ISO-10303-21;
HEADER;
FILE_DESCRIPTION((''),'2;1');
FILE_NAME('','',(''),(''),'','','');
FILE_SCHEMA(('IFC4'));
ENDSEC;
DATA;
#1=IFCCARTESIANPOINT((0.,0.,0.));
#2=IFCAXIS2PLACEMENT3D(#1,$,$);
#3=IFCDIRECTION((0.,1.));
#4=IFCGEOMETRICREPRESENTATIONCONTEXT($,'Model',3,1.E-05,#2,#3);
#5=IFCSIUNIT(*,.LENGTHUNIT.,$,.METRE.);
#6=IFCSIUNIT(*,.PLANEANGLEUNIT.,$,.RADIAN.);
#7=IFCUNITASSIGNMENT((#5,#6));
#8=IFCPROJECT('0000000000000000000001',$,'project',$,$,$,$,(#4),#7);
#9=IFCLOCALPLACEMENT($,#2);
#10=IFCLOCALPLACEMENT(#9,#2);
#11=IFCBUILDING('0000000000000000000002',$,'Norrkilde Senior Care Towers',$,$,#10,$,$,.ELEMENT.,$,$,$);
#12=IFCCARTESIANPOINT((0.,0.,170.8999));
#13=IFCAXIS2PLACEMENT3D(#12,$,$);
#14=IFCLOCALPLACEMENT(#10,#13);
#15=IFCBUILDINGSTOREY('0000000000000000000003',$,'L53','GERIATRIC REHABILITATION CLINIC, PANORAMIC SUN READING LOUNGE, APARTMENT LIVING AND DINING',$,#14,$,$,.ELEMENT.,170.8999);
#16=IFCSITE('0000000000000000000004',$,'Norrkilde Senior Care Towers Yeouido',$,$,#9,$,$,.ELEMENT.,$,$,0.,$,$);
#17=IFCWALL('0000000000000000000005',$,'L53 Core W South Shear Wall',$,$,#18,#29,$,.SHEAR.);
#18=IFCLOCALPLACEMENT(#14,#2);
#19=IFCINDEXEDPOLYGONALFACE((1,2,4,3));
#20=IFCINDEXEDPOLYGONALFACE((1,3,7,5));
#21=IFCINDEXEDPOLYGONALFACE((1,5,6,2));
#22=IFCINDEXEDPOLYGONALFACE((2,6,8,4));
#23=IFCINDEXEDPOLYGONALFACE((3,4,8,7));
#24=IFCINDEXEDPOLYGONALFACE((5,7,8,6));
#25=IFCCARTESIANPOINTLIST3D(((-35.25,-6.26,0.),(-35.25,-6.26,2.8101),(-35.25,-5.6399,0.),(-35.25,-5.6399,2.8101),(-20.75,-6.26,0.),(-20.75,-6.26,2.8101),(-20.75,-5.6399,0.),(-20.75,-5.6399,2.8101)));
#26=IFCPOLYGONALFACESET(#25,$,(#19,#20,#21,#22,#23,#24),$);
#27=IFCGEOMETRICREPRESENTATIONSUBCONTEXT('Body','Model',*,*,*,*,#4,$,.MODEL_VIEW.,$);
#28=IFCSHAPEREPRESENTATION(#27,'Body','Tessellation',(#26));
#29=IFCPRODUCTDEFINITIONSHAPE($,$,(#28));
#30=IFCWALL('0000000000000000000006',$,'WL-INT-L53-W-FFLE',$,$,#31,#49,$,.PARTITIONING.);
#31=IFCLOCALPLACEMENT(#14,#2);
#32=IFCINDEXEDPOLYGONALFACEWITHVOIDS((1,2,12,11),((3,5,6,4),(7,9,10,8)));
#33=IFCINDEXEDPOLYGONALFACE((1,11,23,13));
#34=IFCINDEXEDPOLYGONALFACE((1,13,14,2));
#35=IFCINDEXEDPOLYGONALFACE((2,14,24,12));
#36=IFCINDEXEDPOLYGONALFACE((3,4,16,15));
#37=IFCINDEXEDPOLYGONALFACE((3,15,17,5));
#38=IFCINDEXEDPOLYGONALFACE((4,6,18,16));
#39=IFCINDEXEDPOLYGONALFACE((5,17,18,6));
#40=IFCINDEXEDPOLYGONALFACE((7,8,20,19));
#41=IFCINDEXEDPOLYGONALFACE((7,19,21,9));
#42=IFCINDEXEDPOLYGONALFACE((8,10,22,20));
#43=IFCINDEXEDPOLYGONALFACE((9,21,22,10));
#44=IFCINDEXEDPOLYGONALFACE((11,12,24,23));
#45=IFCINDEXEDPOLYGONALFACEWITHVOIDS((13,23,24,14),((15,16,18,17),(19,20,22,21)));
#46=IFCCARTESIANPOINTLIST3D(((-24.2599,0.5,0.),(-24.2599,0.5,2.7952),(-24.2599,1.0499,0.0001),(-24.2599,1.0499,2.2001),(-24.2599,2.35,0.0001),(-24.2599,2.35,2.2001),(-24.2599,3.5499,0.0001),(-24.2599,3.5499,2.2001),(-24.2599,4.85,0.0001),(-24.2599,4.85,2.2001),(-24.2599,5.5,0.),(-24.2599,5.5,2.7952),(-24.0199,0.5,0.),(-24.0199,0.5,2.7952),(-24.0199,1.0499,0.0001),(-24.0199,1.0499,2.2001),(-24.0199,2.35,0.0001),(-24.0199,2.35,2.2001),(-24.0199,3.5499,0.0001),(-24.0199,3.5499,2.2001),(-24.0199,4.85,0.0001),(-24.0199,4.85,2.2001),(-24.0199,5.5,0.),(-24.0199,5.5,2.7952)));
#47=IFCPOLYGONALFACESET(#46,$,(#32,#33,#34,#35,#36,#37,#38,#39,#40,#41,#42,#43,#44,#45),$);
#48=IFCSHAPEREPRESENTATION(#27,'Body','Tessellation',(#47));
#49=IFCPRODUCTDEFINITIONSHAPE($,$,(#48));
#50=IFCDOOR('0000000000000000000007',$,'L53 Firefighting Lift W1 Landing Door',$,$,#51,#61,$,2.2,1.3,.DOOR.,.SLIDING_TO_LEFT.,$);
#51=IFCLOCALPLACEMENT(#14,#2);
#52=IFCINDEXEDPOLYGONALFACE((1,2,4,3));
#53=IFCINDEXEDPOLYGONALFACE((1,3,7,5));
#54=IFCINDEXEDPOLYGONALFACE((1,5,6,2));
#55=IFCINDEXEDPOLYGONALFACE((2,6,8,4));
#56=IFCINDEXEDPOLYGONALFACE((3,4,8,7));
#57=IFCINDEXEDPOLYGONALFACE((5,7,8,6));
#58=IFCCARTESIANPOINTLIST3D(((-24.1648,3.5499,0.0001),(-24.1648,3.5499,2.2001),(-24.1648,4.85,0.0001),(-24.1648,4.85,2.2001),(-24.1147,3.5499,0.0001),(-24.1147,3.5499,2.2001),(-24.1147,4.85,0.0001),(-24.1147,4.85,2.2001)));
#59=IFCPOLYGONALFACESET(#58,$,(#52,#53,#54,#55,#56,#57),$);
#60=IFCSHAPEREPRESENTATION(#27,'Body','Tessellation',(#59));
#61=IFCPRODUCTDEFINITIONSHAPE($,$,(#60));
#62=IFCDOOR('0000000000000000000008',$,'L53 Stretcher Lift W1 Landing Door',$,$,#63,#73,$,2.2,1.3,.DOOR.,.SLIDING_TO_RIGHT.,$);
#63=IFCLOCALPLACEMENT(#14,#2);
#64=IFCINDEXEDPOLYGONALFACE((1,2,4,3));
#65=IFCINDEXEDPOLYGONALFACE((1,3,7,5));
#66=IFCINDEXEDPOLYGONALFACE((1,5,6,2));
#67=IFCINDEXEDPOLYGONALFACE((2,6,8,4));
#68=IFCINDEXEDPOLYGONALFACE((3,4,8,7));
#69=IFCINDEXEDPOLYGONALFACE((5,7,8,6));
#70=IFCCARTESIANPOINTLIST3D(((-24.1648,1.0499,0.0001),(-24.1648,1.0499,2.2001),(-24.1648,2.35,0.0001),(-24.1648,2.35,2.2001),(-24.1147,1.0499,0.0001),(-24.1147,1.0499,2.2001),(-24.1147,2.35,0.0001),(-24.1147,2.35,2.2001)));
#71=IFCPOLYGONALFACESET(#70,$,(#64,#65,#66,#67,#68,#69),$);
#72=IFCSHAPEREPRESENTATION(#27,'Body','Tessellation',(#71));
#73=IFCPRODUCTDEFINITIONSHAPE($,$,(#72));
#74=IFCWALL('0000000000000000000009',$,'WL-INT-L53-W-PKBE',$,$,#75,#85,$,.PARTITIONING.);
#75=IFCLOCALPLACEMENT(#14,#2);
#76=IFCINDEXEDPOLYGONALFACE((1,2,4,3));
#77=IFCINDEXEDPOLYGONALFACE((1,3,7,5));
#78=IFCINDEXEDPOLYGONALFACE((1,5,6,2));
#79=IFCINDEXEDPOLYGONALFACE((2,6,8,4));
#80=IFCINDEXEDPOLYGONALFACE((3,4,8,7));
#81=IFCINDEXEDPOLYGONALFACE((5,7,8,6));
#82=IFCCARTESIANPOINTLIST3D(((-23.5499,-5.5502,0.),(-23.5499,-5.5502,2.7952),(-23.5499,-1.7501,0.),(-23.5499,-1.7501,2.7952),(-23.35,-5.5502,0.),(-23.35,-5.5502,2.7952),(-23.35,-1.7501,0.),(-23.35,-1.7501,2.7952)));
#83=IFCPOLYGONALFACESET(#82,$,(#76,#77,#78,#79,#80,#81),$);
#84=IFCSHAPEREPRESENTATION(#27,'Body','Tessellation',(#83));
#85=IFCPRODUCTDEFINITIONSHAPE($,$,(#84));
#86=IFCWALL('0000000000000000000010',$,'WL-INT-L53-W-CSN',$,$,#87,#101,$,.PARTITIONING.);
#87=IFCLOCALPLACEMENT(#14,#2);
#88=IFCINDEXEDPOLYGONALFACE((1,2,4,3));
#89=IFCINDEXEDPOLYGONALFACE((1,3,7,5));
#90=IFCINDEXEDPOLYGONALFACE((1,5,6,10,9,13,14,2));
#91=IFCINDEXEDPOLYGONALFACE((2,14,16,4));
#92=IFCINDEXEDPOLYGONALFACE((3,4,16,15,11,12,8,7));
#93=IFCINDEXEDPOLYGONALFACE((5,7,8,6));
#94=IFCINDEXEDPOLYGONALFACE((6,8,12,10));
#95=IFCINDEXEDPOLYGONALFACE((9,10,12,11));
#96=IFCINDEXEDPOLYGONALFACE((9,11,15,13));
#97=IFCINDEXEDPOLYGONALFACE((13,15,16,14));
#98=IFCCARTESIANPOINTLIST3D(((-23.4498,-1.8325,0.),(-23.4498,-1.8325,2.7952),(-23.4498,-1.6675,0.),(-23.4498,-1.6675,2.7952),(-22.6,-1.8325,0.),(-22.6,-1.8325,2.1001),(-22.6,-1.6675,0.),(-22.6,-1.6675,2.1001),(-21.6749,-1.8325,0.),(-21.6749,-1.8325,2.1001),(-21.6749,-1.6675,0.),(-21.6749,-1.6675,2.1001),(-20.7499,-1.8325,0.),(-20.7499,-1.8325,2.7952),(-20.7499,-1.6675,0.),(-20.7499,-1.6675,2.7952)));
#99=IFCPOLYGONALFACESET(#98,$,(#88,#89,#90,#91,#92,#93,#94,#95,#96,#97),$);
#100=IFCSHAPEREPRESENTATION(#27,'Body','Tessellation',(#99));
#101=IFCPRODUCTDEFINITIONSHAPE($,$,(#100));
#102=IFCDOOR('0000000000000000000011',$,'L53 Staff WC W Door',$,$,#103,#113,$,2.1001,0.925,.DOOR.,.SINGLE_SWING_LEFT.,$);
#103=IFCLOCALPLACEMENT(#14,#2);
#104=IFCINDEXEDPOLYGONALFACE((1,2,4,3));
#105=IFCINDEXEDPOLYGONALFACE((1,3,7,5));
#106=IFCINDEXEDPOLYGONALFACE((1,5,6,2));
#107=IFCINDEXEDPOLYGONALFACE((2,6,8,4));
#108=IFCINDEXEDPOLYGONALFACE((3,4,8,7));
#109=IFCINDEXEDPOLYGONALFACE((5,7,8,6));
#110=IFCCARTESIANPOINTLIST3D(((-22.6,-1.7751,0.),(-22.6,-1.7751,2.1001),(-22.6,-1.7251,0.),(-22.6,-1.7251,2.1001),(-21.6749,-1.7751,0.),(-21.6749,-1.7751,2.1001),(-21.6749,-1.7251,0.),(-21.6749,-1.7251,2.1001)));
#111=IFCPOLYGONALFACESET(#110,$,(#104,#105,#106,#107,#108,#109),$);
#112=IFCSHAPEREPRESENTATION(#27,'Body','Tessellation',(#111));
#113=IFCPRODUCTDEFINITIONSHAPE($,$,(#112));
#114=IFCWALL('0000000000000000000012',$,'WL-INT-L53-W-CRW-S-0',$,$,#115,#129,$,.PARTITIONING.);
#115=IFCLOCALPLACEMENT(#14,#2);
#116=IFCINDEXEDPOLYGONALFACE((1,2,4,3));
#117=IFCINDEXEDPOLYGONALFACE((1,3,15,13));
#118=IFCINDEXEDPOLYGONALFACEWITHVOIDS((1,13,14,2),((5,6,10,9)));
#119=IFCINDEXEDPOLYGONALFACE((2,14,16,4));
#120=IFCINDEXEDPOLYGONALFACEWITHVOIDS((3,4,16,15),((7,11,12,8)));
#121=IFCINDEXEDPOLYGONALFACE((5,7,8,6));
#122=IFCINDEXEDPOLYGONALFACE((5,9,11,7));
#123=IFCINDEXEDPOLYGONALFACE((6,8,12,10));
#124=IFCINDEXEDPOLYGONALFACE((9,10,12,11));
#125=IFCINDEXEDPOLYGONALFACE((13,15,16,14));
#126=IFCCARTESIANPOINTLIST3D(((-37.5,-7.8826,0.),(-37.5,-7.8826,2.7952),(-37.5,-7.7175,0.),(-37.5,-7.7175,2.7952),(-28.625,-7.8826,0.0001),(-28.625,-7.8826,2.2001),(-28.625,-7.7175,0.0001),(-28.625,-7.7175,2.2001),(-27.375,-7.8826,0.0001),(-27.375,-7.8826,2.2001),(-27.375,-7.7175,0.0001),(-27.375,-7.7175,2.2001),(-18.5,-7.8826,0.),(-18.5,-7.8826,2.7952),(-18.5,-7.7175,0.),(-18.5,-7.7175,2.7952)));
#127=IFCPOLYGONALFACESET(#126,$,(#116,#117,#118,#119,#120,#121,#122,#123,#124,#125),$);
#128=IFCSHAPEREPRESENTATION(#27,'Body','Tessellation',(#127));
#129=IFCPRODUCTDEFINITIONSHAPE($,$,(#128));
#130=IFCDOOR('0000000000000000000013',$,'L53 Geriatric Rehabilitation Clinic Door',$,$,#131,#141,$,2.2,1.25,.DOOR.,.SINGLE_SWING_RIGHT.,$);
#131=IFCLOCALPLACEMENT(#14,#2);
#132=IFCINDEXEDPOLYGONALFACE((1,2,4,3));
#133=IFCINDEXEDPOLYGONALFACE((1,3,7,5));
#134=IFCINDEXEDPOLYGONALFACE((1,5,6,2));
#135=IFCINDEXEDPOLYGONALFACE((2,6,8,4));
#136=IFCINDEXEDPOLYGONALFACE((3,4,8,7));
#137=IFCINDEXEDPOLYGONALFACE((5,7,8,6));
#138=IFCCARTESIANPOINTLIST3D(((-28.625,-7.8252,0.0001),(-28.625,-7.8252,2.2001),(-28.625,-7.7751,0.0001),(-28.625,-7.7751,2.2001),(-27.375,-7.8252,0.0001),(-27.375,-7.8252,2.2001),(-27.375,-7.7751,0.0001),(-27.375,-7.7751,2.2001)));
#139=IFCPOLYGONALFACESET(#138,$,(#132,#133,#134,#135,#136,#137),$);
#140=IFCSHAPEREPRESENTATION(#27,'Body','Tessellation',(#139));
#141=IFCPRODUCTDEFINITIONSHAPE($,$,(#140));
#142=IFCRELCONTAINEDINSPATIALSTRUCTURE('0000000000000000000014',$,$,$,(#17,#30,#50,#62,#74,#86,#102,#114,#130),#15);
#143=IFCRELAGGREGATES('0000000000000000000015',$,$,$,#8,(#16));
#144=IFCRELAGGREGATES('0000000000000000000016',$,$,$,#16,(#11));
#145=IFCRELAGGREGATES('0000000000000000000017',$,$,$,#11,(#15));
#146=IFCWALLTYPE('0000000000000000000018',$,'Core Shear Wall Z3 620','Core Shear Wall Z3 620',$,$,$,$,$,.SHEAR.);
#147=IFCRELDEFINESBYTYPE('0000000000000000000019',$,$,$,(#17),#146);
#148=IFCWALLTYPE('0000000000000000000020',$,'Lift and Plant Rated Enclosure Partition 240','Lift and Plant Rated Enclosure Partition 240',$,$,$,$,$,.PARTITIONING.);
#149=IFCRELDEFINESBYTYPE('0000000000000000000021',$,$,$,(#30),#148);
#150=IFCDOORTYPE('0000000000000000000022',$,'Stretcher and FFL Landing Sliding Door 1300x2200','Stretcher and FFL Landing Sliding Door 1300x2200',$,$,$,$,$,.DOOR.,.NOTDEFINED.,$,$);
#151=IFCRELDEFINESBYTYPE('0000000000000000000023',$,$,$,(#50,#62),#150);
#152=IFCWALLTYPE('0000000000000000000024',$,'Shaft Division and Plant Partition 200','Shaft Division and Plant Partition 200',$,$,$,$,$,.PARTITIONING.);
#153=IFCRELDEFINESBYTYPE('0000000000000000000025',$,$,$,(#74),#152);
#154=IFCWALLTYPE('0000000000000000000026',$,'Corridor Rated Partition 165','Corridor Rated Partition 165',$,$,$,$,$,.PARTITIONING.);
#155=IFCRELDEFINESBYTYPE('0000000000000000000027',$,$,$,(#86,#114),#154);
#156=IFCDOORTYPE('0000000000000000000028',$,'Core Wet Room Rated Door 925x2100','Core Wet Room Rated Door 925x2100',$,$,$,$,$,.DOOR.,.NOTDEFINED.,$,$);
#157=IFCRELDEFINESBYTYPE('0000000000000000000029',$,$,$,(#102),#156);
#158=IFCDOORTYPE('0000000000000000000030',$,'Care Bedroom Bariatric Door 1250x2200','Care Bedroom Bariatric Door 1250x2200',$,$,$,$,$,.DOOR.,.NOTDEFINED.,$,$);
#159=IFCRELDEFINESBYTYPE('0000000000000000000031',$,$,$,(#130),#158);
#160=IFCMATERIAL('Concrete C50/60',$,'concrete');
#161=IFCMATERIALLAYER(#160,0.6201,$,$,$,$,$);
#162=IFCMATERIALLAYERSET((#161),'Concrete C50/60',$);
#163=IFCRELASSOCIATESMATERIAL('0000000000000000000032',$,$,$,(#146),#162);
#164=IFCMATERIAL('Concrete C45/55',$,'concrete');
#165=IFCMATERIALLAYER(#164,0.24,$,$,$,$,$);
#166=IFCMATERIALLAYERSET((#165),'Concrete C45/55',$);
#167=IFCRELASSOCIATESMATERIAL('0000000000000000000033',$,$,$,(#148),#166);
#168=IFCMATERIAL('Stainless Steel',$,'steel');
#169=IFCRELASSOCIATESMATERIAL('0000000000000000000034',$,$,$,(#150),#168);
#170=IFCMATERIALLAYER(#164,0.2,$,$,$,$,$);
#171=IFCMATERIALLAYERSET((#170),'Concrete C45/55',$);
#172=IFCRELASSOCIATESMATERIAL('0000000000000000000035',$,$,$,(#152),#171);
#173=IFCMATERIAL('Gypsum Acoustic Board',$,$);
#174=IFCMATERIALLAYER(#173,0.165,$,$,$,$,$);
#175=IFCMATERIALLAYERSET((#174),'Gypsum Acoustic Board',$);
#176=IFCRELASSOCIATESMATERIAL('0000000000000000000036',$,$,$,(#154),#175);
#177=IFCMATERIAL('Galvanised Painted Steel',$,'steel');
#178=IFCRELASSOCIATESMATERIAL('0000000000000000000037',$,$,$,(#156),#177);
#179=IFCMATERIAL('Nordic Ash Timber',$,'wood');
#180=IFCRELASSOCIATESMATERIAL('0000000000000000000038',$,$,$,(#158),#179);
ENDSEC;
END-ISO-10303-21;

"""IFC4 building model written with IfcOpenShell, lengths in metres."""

from ifc_helpers import new_model, si_unit, direction, frame, frame_2d, origin, place, context, subcontext, project, spatial, rectangle, extrude, source, transform, mapped, material, layer, layer_set, type_object, type_shapes, element, fill, save


model = new_model("IFC4")

# Units and contexts
model_context = context("Model", 3, precision=1e-05, world=origin(), true_north=direction((0.0, 1.0)))
body_context = subcontext(model_context, "Body", "Model", "MODEL_VIEW")
ifc_project = project(units=[si_unit("LENGTHUNIT", "METRE"), si_unit("PLANEANGLEUNIT", "RADIAN")], contexts=[model_context])

# Site, building, storey
site_placement = place(None, origin())
site = spatial("IfcSite", under=ifc_project, at=site_placement, Name="Norrkilde Senior Care Towers Yeouido", CompositionType="ELEMENT", RefElevation=0.0)
building_placement = place(site_placement, origin())
building = spatial("IfcBuilding", under=site, at=building_placement, Name="Norrkilde Senior Care Towers", CompositionType="ELEMENT")
storey_placement = place(building_placement, frame((0.0, 0.0, 170.8999)))
storey = spatial("IfcBuildingStorey", under=building, at=storey_placement, Name="L53", Description="GERIATRIC REHABILITATION CLINIC, PANORAMIC SUN READING LOUNGE, APARTMENT LIVING AND DINING", CompositionType="ELEMENT", Elevation=170.8999)

# Shared definitions
ifc_material_1 = material(Name="Concrete C50/60", Category="concrete")

# Wall
ifc_layer_1 = layer(ifc_material_1, 0.6201)
ifc_layer_set_1 = layer_set([ifc_layer_1], Name="Concrete C50/60")
wall_type_1 = type_object("IfcWallType", Name="Core Shear Wall Z3 620", Description="Core Shear Wall Z3 620", PredefinedType="SHEAR", material=ifc_layer_set_1)
shared_shape_1 = source(origin(), body_context, "Body", "SweptSolid", [
    extrude(rectangle(XDim=14.5, YDim=0.6201, at=frame_2d((7.25, 0.0))), origin(), (0.0, 0.0, 1.0), 2.8101),
])
type_shapes(wall_type_1, [shared_shape_1])
wall_1_placement = place(storey_placement, frame((-20.75, -5.95, 0.0), z_axis=(0.0, 0.0, 1.0), x_axis=(-1.0, 0.0, 0.0)))
element("IfcWall", 1, at=wall_1_placement, inside=storey, type_object=wall_type_1, Name="L53 Core W South Shear Wall", PredefinedType="SHEAR", context=body_context, shape_type="MappedRepresentation", body=[
    mapped(shared_shape_1, transform((0.0, 0.0, 0.0), x_axis=(1.0, 0.0, 0.0), y_axis=(0.0, 1.0, 0.0), z_axis=(0.0, 0.0, 1.0), scale=1.0)),
])

# Wall, openings, doors
ifc_material_2 = material(Name="Concrete C45/55", Category="concrete")
ifc_layer_2 = layer(ifc_material_2, 0.24)
ifc_layer_set_2 = layer_set([ifc_layer_2], Name="Concrete C45/55")
wall_type_2 = type_object("IfcWallType", Name="Lift and Plant Rated Enclosure Partition 240", Description="Lift and Plant Rated Enclosure Partition 240", PredefinedType="PARTITIONING", material=ifc_layer_set_2)
shared_shape_2 = source(origin(), body_context, "Body", "SweptSolid", [
    extrude(rectangle(XDim=5.0, YDim=0.24, at=frame_2d((2.5, 0.0))), origin(), (0.0, 0.0, 1.0), 2.7952),
])
wall_2_placement = place(storey_placement, frame((-24.1399, 0.5, 0.0), z_axis=(0.0, 0.0, 1.0), x_axis=(0.0, 1.0, 0.0)))
wall_2 = element("IfcWall", 2, at=wall_2_placement, inside=storey, type_object=wall_type_2, Name="WL-INT-L53-W-FFLE", PredefinedType="PARTITIONING", context=body_context, shape_type="MappedRepresentation", body=[
    mapped(shared_shape_2, transform((0.0, 0.0, 0.0), x_axis=(1.0, 0.0, 0.0), y_axis=(0.0, 1.0, 0.0), z_axis=(0.0, 0.0, 1.0), scale=1.0)),
])
opening_1_placement = place(wall_2_placement, frame((3.05, 0.0, 0.0)))
opening_1 = element("IfcOpeningElement", 3, at=opening_1_placement, cuts=wall_2, PredefinedType="OPENING", context=body_context, shape_type="SweptSolid", body=[
    extrude(rectangle(XDim=1.3, YDim=2.2, at=frame_2d((0.6499, 1.1001))), frame((0.0, 0.1299, 0.0), z_axis=(0.0, -1.0, 0.0), x_axis=(1.0, 0.0, 0.0)), (0.0, 0.0, 1.0), 0.26),
])
opening_2_placement = place(wall_2_placement, frame((0.55, 0.0, 0.0)))
opening_2 = element("IfcOpeningElement", 4, at=opening_2_placement, cuts=wall_2, PredefinedType="OPENING", context=body_context, shape_type="SweptSolid", body=[
    extrude(rectangle(XDim=1.3, YDim=2.2, at=frame_2d((0.6499, 1.1001))), frame((0.0, 0.1299, 0.0), z_axis=(0.0, -1.0, 0.0), x_axis=(1.0, 0.0, 0.0)), (0.0, 0.0, 1.0), 0.26),
])
ifc_material_3 = material(Name="Stainless Steel", Category="steel")
door_type_1 = type_object("IfcDoorType", Name="Stretcher and FFL Landing Sliding Door 1300x2200", Description="Stretcher and FFL Landing Sliding Door 1300x2200", OperationType="NOTDEFINED", PredefinedType="DOOR", material=ifc_material_3)
shared_shape_3 = source(origin(), body_context, "Body", "SweptSolid", [
    extrude(rectangle(XDim=1.3, YDim=2.2, at=frame_2d((0.6499, 1.1001))), frame((0.0, 0.0249, 0.0), z_axis=(0.0, -1.0, 0.0), x_axis=(1.0, 0.0, 0.0)), (0.0, 0.0, 1.0), 0.05),
])
type_shapes(door_type_1, [shared_shape_3])
door_1_placement = place(opening_1_placement, origin())
door_1 = element("IfcDoor", 5, at=door_1_placement, inside=storey, type_object=door_type_1, Name="L53 Firefighting Lift W1 Landing Door", OperationType="SLIDING_TO_LEFT", OverallHeight=2.2, OverallWidth=1.3, PredefinedType="DOOR", context=body_context, shape_type="MappedRepresentation", body=[
    mapped(shared_shape_3, transform((0.0, 0.0, 0.0), x_axis=(1.0, 0.0, 0.0), y_axis=(0.0, 1.0, 0.0), z_axis=(0.0, 0.0, 1.0), scale=1.0)),
])
fill(opening_1, door_1)
door_2_placement = place(opening_2_placement, origin())
door_2 = element("IfcDoor", 6, at=door_2_placement, inside=storey, type_object=door_type_1, Name="L53 Stretcher Lift W1 Landing Door", OperationType="SLIDING_TO_RIGHT", OverallHeight=2.2, OverallWidth=1.3, PredefinedType="DOOR", context=body_context, shape_type="MappedRepresentation", body=[
    mapped(shared_shape_3, transform((0.0, 0.0, 0.0), x_axis=(1.0, 0.0, 0.0), y_axis=(0.0, 1.0, 0.0), z_axis=(0.0, 0.0, 1.0), scale=1.0)),
])
fill(opening_2, door_2)

# Wall
ifc_layer_3 = layer(ifc_material_2, 0.2)
ifc_layer_set_3 = layer_set([ifc_layer_3], Name="Concrete C45/55")
wall_type_3 = type_object("IfcWallType", Name="Shaft Division and Plant Partition 200", Description="Shaft Division and Plant Partition 200", PredefinedType="PARTITIONING", material=ifc_layer_set_3)
shared_shape_4 = source(origin(), body_context, "Body", "SweptSolid", [
    extrude(rectangle(XDim=3.8, YDim=0.2, at=frame_2d((1.8999, 0.0))), origin(), (0.0, 0.0, 1.0), 2.7952),
])
type_shapes(wall_type_3, [shared_shape_4])
wall_3_placement = place(storey_placement, frame((-23.45, -5.55, 0.0), z_axis=(0.0, 0.0, 1.0), x_axis=(0.0, 1.0, 0.0)))
element("IfcWall", 7, at=wall_3_placement, inside=storey, type_object=wall_type_3, Name="WL-INT-L53-W-PKBE", PredefinedType="PARTITIONING", context=body_context, shape_type="MappedRepresentation", body=[
    mapped(shared_shape_4, transform((0.0, 0.0, 0.0), x_axis=(1.0, 0.0, 0.0), y_axis=(0.0, 1.0, 0.0), z_axis=(0.0, 0.0, 1.0), scale=1.0)),
])

# Walls, openings, doors
ifc_material_4 = material(Name="Gypsum Acoustic Board")
ifc_layer_4 = layer(ifc_material_4, 0.165)
ifc_layer_set_4 = layer_set([ifc_layer_4], Name="Gypsum Acoustic Board")
wall_type_4 = type_object("IfcWallType", Name="Corridor Rated Partition 165", Description="Corridor Rated Partition 165", PredefinedType="PARTITIONING", material=ifc_layer_set_4)
shared_shape_5 = source(origin(), body_context, "Body", "SweptSolid", [
    extrude(rectangle(XDim=2.7, YDim=0.165, at=frame_2d((1.3501, 0.0))), origin(), (0.0, 0.0, 1.0), 2.7952),
])
wall_4_placement = place(storey_placement, frame((-23.45, -1.75, 0.0), z_axis=(0.0, 0.0, 1.0), x_axis=(1.0, 0.0, 0.0)))
wall_4 = element("IfcWall", 8, at=wall_4_placement, inside=storey, type_object=wall_type_4, Name="WL-INT-L53-W-CSN", PredefinedType="PARTITIONING", context=body_context, shape_type="MappedRepresentation", body=[
    mapped(shared_shape_5, transform((0.0, 0.0, 0.0), x_axis=(1.0, 0.0, 0.0), y_axis=(0.0, 1.0, 0.0), z_axis=(0.0, 0.0, 1.0), scale=1.0)),
])
opening_3_placement = place(wall_4_placement, frame((0.8501, 0.0, 0.0)))
opening_3 = element("IfcOpeningElement", 9, at=opening_3_placement, cuts=wall_4, PredefinedType="OPENING", context=body_context, shape_type="SweptSolid", body=[
    extrude(rectangle(XDim=0.925, YDim=2.1001, at=frame_2d((0.4624, 1.05))), frame((0.0, 0.0925, 0.0), z_axis=(0.0, -1.0, 0.0), x_axis=(1.0, 0.0, 0.0)), (0.0, 0.0, 1.0), 0.1851),
])
ifc_material_5 = material(Name="Galvanised Painted Steel", Category="steel")
door_type_2 = type_object("IfcDoorType", Name="Core Wet Room Rated Door 925x2100", Description="Core Wet Room Rated Door 925x2100", OperationType="NOTDEFINED", PredefinedType="DOOR", material=ifc_material_5)
shared_shape_6 = source(origin(), body_context, "Body", "SweptSolid", [
    extrude(rectangle(XDim=0.925, YDim=2.1001, at=frame_2d((0.4624, 1.05))), frame((0.0, 0.0249, 0.0), z_axis=(0.0, -1.0, 0.0), x_axis=(1.0, 0.0, 0.0)), (0.0, 0.0, 1.0), 0.05),
])
type_shapes(door_type_2, [shared_shape_6])
door_3_placement = place(opening_3_placement, origin())
door_3 = element("IfcDoor", 10, at=door_3_placement, inside=storey, type_object=door_type_2, Name="L53 Staff WC W Door", OperationType="SINGLE_SWING_LEFT", OverallHeight=2.1001, OverallWidth=0.925, PredefinedType="DOOR", context=body_context, shape_type="MappedRepresentation", body=[
    mapped(shared_shape_6, transform((0.0, 0.0, 0.0), x_axis=(1.0, 0.0, 0.0), y_axis=(0.0, 1.0, 0.0), z_axis=(0.0, 0.0, 1.0), scale=1.0)),
])
fill(opening_3, door_3)
shared_shape_7 = source(origin(), body_context, "Body", "SweptSolid", [
    extrude(rectangle(XDim=19.0, YDim=0.165, at=frame_2d((9.5, 0.0))), origin(), (0.0, 0.0, 1.0), 2.7952),
])
wall_5_placement = place(storey_placement, frame((-18.5, -7.8, 0.0), z_axis=(0.0, 0.0, 1.0), x_axis=(-1.0, 0.0, 0.0)))
wall_5 = element("IfcWall", 11, at=wall_5_placement, inside=storey, type_object=wall_type_4, Name="WL-INT-L53-W-CRW-S-0", PredefinedType="PARTITIONING", context=body_context, shape_type="MappedRepresentation", body=[
    mapped(shared_shape_7, transform((0.0, 0.0, 0.0), x_axis=(1.0, 0.0, 0.0), y_axis=(0.0, 1.0, 0.0), z_axis=(0.0, 0.0, 1.0), scale=1.0)),
])
opening_4_placement = place(wall_5_placement, frame((8.875, 0.0, 0.0)))
opening_4 = element("IfcOpeningElement", 12, at=opening_4_placement, cuts=wall_5, PredefinedType="OPENING", context=body_context, shape_type="SweptSolid", body=[
    extrude(rectangle(XDim=1.25, YDim=2.2, at=frame_2d((0.625, 1.1001))), frame((0.0, 0.0925, 0.0), z_axis=(0.0, -1.0, 0.0), x_axis=(1.0, 0.0, 0.0)), (0.0, 0.0, 1.0), 0.1851),
])
ifc_material_6 = material(Name="Nordic Ash Timber", Category="wood")
door_type_3 = type_object("IfcDoorType", Name="Care Bedroom Bariatric Door 1250x2200", Description="Care Bedroom Bariatric Door 1250x2200", OperationType="NOTDEFINED", PredefinedType="DOOR", material=ifc_material_6)
shared_shape_8 = source(origin(), body_context, "Body", "SweptSolid", [
    extrude(rectangle(XDim=1.25, YDim=2.2, at=frame_2d((0.625, 1.1001))), frame((0.0, 0.0249, 0.0), z_axis=(0.0, -1.0, 0.0), x_axis=(1.0, 0.0, 0.0)), (0.0, 0.0, 1.0), 0.05),
])
type_shapes(door_type_3, [shared_shape_8])
door_4_placement = place(opening_4_placement, frame((1.25, 0.0, 0.0), z_axis=(0.0, 0.0, 1.0), x_axis=(-1.0, 0.0, 0.0)))
door_4 = element("IfcDoor", 13, at=door_4_placement, inside=storey, type_object=door_type_3, Name="L53 Geriatric Rehabilitation Clinic Door", OperationType="SINGLE_SWING_RIGHT", OverallHeight=2.2, OverallWidth=1.25, PredefinedType="DOOR", context=body_context, shape_type="MappedRepresentation", body=[
    mapped(shared_shape_8, transform((0.0, 0.0, 0.0), x_axis=(1.0, 0.0, 0.0), y_axis=(0.0, 1.0, 0.0), z_axis=(0.0, 0.0, 1.0), scale=1.0)),
])
fill(opening_4, door_4)

save(model, "model.ifc")
